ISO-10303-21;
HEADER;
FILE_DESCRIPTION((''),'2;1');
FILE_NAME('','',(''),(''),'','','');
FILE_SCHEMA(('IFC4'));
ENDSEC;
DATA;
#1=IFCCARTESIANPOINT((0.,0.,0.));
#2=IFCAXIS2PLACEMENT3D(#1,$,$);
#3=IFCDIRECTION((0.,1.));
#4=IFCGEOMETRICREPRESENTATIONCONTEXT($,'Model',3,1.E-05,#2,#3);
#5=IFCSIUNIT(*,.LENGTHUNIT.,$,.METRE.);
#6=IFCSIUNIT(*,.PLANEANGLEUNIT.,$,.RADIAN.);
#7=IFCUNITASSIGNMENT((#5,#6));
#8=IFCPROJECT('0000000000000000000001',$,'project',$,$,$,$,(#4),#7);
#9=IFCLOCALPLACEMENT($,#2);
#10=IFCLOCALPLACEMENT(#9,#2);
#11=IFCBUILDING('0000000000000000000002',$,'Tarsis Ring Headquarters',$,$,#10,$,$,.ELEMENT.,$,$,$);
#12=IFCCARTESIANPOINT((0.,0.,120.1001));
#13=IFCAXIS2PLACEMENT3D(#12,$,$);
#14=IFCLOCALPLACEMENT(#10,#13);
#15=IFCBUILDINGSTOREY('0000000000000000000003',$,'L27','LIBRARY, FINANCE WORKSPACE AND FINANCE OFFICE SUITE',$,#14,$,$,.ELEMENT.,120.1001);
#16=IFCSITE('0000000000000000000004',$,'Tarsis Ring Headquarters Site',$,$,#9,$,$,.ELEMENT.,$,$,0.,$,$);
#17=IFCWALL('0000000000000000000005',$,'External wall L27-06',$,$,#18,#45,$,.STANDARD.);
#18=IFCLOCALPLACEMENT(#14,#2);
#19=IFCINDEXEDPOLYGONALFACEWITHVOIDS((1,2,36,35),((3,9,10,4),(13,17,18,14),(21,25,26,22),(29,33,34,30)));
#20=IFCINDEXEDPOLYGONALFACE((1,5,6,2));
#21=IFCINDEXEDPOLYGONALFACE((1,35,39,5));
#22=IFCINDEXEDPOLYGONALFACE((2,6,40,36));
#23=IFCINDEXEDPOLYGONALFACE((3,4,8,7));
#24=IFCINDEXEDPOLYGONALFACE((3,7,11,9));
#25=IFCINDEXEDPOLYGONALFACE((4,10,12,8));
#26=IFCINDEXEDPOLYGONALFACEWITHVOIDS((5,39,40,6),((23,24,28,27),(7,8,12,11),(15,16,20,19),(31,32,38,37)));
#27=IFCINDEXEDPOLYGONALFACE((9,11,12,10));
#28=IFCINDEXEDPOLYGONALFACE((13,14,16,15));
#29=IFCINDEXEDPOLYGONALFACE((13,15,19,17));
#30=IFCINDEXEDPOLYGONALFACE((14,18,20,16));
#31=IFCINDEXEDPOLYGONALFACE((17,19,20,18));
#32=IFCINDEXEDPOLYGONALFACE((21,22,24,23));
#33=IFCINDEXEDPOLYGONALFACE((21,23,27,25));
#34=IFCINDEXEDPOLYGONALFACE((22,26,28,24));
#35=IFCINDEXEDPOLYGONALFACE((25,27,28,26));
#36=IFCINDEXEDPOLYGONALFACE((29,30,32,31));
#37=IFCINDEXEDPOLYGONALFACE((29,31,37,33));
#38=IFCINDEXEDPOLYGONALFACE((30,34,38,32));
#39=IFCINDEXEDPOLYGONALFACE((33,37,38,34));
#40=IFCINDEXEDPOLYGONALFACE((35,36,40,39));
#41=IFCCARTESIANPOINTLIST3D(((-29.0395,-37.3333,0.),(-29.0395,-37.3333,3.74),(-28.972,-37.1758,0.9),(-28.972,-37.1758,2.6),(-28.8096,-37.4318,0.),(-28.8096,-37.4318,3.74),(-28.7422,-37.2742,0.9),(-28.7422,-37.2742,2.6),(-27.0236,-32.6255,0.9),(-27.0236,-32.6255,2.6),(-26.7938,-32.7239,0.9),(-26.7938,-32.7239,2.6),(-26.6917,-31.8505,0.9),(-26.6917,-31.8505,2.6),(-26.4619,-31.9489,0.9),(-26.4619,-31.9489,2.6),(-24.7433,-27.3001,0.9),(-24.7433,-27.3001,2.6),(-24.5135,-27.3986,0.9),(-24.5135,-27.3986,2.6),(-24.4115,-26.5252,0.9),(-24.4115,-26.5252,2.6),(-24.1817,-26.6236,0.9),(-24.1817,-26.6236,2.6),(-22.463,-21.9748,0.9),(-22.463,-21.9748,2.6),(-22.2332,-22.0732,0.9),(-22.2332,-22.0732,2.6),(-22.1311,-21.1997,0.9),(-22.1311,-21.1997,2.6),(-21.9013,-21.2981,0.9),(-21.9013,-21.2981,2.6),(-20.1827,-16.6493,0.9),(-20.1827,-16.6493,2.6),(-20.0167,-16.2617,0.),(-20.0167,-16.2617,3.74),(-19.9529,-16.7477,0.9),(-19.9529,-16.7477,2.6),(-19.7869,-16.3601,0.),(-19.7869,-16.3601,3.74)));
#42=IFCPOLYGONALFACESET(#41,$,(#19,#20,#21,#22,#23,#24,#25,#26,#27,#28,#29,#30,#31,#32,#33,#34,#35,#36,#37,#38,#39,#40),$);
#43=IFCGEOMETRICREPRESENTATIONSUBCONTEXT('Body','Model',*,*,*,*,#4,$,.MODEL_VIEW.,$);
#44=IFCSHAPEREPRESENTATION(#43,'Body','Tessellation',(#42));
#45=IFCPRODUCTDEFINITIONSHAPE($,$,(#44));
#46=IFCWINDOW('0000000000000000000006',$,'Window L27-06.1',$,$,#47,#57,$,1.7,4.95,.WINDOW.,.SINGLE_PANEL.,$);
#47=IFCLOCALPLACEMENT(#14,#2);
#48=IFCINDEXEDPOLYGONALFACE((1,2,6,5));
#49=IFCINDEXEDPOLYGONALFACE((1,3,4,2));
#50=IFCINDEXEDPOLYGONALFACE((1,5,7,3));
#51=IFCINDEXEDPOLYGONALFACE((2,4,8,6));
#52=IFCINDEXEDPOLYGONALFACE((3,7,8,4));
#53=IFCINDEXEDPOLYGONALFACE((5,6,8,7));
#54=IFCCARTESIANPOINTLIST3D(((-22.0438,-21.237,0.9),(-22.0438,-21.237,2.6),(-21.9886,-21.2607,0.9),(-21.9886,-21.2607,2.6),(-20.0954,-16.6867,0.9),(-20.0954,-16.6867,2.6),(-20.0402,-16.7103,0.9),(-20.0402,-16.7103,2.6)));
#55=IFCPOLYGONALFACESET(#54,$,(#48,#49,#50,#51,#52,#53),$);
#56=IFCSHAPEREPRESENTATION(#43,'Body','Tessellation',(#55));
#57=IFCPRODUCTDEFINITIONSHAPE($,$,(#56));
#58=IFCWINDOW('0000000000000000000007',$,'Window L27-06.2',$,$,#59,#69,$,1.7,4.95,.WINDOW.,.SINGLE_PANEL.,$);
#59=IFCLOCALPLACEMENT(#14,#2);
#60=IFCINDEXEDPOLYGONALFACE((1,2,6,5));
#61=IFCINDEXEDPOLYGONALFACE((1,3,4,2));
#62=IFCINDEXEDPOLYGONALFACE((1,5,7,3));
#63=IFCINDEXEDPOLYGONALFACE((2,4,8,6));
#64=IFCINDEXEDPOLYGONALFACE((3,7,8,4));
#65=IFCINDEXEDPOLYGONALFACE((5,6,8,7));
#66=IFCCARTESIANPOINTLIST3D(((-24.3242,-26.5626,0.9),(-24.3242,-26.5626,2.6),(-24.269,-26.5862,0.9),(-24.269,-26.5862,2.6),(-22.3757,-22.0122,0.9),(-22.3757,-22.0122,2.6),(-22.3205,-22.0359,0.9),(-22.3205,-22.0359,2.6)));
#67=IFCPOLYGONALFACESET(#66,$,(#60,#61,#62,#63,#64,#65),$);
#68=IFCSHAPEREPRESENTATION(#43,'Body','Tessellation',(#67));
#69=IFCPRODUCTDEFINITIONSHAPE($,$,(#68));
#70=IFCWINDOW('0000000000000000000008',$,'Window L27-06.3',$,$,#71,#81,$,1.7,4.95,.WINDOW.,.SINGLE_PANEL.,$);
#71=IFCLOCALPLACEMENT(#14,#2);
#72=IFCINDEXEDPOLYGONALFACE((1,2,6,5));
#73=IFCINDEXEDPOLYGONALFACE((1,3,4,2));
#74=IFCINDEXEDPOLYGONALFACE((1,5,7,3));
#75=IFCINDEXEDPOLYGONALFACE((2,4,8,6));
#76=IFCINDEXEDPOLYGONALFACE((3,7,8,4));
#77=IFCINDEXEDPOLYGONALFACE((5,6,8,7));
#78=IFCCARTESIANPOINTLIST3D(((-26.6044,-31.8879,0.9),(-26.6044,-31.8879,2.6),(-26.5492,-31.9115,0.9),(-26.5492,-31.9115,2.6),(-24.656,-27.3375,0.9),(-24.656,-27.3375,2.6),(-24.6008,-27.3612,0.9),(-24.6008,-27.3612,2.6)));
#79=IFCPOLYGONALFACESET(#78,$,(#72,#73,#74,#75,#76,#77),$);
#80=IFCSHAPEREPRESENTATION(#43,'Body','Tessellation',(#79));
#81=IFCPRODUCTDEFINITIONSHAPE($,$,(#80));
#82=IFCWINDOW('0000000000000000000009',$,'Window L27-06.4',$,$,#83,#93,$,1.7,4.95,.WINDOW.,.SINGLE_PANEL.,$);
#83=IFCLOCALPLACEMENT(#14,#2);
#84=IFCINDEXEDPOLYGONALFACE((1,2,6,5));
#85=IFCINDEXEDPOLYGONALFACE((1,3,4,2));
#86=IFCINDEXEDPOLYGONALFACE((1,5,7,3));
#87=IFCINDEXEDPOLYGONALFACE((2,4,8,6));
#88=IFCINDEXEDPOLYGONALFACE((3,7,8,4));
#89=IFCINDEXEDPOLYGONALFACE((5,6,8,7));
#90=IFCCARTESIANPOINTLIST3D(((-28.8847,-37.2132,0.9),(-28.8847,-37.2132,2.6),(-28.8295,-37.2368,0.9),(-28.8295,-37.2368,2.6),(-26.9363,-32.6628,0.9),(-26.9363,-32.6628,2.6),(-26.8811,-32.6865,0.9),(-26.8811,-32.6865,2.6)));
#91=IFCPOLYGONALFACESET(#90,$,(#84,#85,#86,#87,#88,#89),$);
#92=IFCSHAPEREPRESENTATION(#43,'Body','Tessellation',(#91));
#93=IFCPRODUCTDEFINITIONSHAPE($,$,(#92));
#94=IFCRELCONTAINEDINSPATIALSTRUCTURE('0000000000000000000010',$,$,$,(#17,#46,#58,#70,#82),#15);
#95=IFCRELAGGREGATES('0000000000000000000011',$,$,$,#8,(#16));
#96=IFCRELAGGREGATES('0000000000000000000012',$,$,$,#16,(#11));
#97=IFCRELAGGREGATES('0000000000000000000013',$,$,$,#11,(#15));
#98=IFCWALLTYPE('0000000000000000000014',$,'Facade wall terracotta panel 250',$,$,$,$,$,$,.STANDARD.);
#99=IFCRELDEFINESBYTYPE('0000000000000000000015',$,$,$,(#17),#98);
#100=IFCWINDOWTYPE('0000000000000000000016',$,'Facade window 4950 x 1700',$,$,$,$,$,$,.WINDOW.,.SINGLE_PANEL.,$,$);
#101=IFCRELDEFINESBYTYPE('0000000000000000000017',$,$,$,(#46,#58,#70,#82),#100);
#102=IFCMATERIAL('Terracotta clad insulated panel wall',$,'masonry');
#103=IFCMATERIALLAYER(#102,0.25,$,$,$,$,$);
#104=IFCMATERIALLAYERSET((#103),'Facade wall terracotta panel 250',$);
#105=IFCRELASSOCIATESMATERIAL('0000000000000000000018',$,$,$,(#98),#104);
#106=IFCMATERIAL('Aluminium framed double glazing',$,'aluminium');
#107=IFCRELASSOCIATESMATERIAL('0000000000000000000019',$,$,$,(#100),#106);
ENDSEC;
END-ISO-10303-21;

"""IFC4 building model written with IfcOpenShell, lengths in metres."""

from ifc_helpers import new_model, si_unit, direction, frame, frame_2d, origin, place, context, subcontext, project, spatial, rectangle, extrude, material, layer, layer_set, type_object, element, fill, save


model = new_model("IFC4")

# Units and contexts
model_context = context("Model", 3, precision=1e-05, world=origin(), true_north=direction((0.0, 1.0)))
body_context = subcontext(model_context, "Body", "Model", "MODEL_VIEW")
ifc_project = project(units=[si_unit("LENGTHUNIT", "METRE"), si_unit("PLANEANGLEUNIT", "RADIAN")], contexts=[model_context])

# Site, building, storey
site_placement = place(None, origin())
site = spatial("IfcSite", under=ifc_project, at=site_placement, Name="Tarsis Ring Headquarters Site", CompositionType="ELEMENT", RefElevation=0.0)
building_placement = place(site_placement, origin())
building = spatial("IfcBuilding", under=site, at=building_placement, Name="Tarsis Ring Headquarters", CompositionType="ELEMENT")
storey_placement = place(building_placement, frame((0.0, 0.0, 120.1001)))
storey = spatial("IfcBuildingStorey", under=building, at=storey_placement, Name="L27", Description="LIBRARY, FINANCE WORKSPACE AND FINANCE OFFICE SUITE", CompositionType="ELEMENT", Elevation=120.1001)

# Shared definitions
ifc_material_1 = material(Name="Terracotta clad insulated panel wall", Category="masonry")
ifc_layer_1 = layer(ifc_material_1, 0.25)
ifc_layer_set_1 = layer_set([ifc_layer_1], Name="Facade wall terracotta panel 250")
wall_type_1 = type_object("IfcWallType", Name="Facade wall terracotta panel 250", PredefinedType="STANDARD", material=ifc_layer_set_1)
ifc_material_2 = material(Name="Aluminium framed double glazing", Category="aluminium")

# Wall, openings, windows
wall_1_placement = place(storey_placement, frame((-19.9019, -16.311, 0.0), z_axis=(0.0, 0.0, 1.0), x_axis=(-0.393626, -0.919271, 0.0)))
wall_1 = element("IfcWall", 1, at=wall_1_placement, inside=storey, type_object=wall_type_1, Name="External wall L27-06", PredefinedType="STANDARD", context=body_context, shape_type="SweptSolid", body=[
    extrude(rectangle(XDim=22.9221, YDim=0.25, at=frame_2d((11.4609, 0.0))), origin(), (0.0, 0.0, 1.0), 3.74),
])
opening_1_placement = place(wall_1_placement, frame((0.4214, 0.0, 0.8999)))
opening_1 = element("IfcOpeningElement", 2, at=opening_1_placement, cuts=wall_1, PredefinedType="OPENING", context=body_context, shape_type="SweptSolid", body=[
    extrude(rectangle(XDim=4.95, YDim=1.7, at=frame_2d((2.4751, 0.8501))), frame((0.0, 0.135, 0.0), z_axis=(0.0, -1.0, 0.0), x_axis=(1.0, 0.0, 0.0)), (0.0, 0.0, 1.0), 0.27),
])
opening_2_placement = place(wall_1_placement, frame((6.2146, 0.0, 0.8999)))
opening_2 = element("IfcOpeningElement", 3, at=opening_2_placement, cuts=wall_1, PredefinedType="OPENING", context=body_context, shape_type="SweptSolid", body=[
    extrude(rectangle(XDim=4.95, YDim=1.7, at=frame_2d((2.4751, 0.8501))), frame((0.0, 0.135, 0.0), z_axis=(0.0, -1.0, 0.0), x_axis=(1.0, 0.0, 0.0)), (0.0, 0.0, 1.0), 0.27),
])
opening_3_placement = place(wall_1_placement, frame((12.0076, 0.0, 0.8999)))
opening_3 = element("IfcOpeningElement", 4, at=opening_3_placement, cuts=wall_1, PredefinedType="OPENING", context=body_context, shape_type="SweptSolid", body=[
    extrude(rectangle(XDim=4.95, YDim=1.7, at=frame_2d((2.4751, 0.8501))), frame((0.0, 0.135, 0.0), z_axis=(0.0, -1.0, 0.0), x_axis=(1.0, 0.0, 0.0)), (0.0, 0.0, 1.0), 0.27),
])
opening_4_placement = place(wall_1_placement, frame((17.8005, 0.0, 0.8999)))
opening_4 = element("IfcOpeningElement", 5, at=opening_4_placement, cuts=wall_1, PredefinedType="OPENING", context=body_context, shape_type="SweptSolid", body=[
    extrude(rectangle(XDim=4.95, YDim=1.7, at=frame_2d((2.4751, 0.8501))), frame((0.0, 0.135, 0.0), z_axis=(0.0, -1.0, 0.0), x_axis=(1.0, 0.0, 0.0)), (0.0, 0.0, 1.0), 0.27),
])
window_type_1 = type_object("IfcWindowType", Name="Facade window 4950 x 1700", PartitioningType="SINGLE_PANEL", PredefinedType="WINDOW", material=ifc_material_2)
window_1_placement = place(opening_1_placement, origin())
window_1 = element("IfcWindow", 6, at=window_1_placement, inside=storey, type_object=window_type_1, Name="Window L27-06.1", OverallHeight=1.7, OverallWidth=4.95, PartitioningType="SINGLE_PANEL", PredefinedType="WINDOW", context=body_context, shape_type="SweptSolid", body=[
    extrude(rectangle(XDim=4.95, YDim=1.7, at=frame_2d((2.4751, 0.8501))), frame((0.0, 0.03, 0.0), z_axis=(0.0, -1.0, 0.0), x_axis=(1.0, 0.0, 0.0)), (0.0, 0.0, 1.0), 0.0601),
])
fill(opening_1, window_1)
window_2_placement = place(opening_2_placement, origin())
window_2 = element("IfcWindow", 7, at=window_2_placement, inside=storey, type_object=window_type_1, Name="Window L27-06.2", OverallHeight=1.7, OverallWidth=4.95, PartitioningType="SINGLE_PANEL", PredefinedType="WINDOW", context=body_context, shape_type="SweptSolid", body=[
    extrude(rectangle(XDim=4.95, YDim=1.7, at=frame_2d((2.4751, 0.8501))), frame((0.0, 0.03, 0.0), z_axis=(0.0, -1.0, 0.0), x_axis=(1.0, 0.0, 0.0)), (0.0, 0.0, 1.0), 0.0601),
])
fill(opening_2, window_2)
window_3_placement = place(opening_3_placement, origin())
window_3 = element("IfcWindow", 8, at=window_3_placement, inside=storey, type_object=window_type_1, Name="Window L27-06.3", OverallHeight=1.7, OverallWidth=4.95, PartitioningType="SINGLE_PANEL", PredefinedType="WINDOW", context=body_context, shape_type="SweptSolid", body=[
    extrude(rectangle(XDim=4.95, YDim=1.7, at=frame_2d((2.4751, 0.8501))), frame((0.0, 0.03, 0.0), z_axis=(0.0, -1.0, 0.0), x_axis=(1.0, 0.0, 0.0)), (0.0, 0.0, 1.0), 0.0601),
])
fill(opening_3, window_3)
window_4_placement = place(opening_4_placement, origin())
window_4 = element("IfcWindow", 9, at=window_4_placement, inside=storey, type_object=window_type_1, Name="Window L27-06.4", OverallHeight=1.7, OverallWidth=4.95, PartitioningType="SINGLE_PANEL", PredefinedType="WINDOW", context=body_context, shape_type="SweptSolid", body=[
    extrude(rectangle(XDim=4.95, YDim=1.7, at=frame_2d((2.4751, 0.8501))), frame((0.0, 0.03, 0.0), z_axis=(0.0, -1.0, 0.0), x_axis=(1.0, 0.0, 0.0)), (0.0, 0.0, 1.0), 0.0601),
])
fill(opening_4, window_4)

save(model, "model.ifc")
